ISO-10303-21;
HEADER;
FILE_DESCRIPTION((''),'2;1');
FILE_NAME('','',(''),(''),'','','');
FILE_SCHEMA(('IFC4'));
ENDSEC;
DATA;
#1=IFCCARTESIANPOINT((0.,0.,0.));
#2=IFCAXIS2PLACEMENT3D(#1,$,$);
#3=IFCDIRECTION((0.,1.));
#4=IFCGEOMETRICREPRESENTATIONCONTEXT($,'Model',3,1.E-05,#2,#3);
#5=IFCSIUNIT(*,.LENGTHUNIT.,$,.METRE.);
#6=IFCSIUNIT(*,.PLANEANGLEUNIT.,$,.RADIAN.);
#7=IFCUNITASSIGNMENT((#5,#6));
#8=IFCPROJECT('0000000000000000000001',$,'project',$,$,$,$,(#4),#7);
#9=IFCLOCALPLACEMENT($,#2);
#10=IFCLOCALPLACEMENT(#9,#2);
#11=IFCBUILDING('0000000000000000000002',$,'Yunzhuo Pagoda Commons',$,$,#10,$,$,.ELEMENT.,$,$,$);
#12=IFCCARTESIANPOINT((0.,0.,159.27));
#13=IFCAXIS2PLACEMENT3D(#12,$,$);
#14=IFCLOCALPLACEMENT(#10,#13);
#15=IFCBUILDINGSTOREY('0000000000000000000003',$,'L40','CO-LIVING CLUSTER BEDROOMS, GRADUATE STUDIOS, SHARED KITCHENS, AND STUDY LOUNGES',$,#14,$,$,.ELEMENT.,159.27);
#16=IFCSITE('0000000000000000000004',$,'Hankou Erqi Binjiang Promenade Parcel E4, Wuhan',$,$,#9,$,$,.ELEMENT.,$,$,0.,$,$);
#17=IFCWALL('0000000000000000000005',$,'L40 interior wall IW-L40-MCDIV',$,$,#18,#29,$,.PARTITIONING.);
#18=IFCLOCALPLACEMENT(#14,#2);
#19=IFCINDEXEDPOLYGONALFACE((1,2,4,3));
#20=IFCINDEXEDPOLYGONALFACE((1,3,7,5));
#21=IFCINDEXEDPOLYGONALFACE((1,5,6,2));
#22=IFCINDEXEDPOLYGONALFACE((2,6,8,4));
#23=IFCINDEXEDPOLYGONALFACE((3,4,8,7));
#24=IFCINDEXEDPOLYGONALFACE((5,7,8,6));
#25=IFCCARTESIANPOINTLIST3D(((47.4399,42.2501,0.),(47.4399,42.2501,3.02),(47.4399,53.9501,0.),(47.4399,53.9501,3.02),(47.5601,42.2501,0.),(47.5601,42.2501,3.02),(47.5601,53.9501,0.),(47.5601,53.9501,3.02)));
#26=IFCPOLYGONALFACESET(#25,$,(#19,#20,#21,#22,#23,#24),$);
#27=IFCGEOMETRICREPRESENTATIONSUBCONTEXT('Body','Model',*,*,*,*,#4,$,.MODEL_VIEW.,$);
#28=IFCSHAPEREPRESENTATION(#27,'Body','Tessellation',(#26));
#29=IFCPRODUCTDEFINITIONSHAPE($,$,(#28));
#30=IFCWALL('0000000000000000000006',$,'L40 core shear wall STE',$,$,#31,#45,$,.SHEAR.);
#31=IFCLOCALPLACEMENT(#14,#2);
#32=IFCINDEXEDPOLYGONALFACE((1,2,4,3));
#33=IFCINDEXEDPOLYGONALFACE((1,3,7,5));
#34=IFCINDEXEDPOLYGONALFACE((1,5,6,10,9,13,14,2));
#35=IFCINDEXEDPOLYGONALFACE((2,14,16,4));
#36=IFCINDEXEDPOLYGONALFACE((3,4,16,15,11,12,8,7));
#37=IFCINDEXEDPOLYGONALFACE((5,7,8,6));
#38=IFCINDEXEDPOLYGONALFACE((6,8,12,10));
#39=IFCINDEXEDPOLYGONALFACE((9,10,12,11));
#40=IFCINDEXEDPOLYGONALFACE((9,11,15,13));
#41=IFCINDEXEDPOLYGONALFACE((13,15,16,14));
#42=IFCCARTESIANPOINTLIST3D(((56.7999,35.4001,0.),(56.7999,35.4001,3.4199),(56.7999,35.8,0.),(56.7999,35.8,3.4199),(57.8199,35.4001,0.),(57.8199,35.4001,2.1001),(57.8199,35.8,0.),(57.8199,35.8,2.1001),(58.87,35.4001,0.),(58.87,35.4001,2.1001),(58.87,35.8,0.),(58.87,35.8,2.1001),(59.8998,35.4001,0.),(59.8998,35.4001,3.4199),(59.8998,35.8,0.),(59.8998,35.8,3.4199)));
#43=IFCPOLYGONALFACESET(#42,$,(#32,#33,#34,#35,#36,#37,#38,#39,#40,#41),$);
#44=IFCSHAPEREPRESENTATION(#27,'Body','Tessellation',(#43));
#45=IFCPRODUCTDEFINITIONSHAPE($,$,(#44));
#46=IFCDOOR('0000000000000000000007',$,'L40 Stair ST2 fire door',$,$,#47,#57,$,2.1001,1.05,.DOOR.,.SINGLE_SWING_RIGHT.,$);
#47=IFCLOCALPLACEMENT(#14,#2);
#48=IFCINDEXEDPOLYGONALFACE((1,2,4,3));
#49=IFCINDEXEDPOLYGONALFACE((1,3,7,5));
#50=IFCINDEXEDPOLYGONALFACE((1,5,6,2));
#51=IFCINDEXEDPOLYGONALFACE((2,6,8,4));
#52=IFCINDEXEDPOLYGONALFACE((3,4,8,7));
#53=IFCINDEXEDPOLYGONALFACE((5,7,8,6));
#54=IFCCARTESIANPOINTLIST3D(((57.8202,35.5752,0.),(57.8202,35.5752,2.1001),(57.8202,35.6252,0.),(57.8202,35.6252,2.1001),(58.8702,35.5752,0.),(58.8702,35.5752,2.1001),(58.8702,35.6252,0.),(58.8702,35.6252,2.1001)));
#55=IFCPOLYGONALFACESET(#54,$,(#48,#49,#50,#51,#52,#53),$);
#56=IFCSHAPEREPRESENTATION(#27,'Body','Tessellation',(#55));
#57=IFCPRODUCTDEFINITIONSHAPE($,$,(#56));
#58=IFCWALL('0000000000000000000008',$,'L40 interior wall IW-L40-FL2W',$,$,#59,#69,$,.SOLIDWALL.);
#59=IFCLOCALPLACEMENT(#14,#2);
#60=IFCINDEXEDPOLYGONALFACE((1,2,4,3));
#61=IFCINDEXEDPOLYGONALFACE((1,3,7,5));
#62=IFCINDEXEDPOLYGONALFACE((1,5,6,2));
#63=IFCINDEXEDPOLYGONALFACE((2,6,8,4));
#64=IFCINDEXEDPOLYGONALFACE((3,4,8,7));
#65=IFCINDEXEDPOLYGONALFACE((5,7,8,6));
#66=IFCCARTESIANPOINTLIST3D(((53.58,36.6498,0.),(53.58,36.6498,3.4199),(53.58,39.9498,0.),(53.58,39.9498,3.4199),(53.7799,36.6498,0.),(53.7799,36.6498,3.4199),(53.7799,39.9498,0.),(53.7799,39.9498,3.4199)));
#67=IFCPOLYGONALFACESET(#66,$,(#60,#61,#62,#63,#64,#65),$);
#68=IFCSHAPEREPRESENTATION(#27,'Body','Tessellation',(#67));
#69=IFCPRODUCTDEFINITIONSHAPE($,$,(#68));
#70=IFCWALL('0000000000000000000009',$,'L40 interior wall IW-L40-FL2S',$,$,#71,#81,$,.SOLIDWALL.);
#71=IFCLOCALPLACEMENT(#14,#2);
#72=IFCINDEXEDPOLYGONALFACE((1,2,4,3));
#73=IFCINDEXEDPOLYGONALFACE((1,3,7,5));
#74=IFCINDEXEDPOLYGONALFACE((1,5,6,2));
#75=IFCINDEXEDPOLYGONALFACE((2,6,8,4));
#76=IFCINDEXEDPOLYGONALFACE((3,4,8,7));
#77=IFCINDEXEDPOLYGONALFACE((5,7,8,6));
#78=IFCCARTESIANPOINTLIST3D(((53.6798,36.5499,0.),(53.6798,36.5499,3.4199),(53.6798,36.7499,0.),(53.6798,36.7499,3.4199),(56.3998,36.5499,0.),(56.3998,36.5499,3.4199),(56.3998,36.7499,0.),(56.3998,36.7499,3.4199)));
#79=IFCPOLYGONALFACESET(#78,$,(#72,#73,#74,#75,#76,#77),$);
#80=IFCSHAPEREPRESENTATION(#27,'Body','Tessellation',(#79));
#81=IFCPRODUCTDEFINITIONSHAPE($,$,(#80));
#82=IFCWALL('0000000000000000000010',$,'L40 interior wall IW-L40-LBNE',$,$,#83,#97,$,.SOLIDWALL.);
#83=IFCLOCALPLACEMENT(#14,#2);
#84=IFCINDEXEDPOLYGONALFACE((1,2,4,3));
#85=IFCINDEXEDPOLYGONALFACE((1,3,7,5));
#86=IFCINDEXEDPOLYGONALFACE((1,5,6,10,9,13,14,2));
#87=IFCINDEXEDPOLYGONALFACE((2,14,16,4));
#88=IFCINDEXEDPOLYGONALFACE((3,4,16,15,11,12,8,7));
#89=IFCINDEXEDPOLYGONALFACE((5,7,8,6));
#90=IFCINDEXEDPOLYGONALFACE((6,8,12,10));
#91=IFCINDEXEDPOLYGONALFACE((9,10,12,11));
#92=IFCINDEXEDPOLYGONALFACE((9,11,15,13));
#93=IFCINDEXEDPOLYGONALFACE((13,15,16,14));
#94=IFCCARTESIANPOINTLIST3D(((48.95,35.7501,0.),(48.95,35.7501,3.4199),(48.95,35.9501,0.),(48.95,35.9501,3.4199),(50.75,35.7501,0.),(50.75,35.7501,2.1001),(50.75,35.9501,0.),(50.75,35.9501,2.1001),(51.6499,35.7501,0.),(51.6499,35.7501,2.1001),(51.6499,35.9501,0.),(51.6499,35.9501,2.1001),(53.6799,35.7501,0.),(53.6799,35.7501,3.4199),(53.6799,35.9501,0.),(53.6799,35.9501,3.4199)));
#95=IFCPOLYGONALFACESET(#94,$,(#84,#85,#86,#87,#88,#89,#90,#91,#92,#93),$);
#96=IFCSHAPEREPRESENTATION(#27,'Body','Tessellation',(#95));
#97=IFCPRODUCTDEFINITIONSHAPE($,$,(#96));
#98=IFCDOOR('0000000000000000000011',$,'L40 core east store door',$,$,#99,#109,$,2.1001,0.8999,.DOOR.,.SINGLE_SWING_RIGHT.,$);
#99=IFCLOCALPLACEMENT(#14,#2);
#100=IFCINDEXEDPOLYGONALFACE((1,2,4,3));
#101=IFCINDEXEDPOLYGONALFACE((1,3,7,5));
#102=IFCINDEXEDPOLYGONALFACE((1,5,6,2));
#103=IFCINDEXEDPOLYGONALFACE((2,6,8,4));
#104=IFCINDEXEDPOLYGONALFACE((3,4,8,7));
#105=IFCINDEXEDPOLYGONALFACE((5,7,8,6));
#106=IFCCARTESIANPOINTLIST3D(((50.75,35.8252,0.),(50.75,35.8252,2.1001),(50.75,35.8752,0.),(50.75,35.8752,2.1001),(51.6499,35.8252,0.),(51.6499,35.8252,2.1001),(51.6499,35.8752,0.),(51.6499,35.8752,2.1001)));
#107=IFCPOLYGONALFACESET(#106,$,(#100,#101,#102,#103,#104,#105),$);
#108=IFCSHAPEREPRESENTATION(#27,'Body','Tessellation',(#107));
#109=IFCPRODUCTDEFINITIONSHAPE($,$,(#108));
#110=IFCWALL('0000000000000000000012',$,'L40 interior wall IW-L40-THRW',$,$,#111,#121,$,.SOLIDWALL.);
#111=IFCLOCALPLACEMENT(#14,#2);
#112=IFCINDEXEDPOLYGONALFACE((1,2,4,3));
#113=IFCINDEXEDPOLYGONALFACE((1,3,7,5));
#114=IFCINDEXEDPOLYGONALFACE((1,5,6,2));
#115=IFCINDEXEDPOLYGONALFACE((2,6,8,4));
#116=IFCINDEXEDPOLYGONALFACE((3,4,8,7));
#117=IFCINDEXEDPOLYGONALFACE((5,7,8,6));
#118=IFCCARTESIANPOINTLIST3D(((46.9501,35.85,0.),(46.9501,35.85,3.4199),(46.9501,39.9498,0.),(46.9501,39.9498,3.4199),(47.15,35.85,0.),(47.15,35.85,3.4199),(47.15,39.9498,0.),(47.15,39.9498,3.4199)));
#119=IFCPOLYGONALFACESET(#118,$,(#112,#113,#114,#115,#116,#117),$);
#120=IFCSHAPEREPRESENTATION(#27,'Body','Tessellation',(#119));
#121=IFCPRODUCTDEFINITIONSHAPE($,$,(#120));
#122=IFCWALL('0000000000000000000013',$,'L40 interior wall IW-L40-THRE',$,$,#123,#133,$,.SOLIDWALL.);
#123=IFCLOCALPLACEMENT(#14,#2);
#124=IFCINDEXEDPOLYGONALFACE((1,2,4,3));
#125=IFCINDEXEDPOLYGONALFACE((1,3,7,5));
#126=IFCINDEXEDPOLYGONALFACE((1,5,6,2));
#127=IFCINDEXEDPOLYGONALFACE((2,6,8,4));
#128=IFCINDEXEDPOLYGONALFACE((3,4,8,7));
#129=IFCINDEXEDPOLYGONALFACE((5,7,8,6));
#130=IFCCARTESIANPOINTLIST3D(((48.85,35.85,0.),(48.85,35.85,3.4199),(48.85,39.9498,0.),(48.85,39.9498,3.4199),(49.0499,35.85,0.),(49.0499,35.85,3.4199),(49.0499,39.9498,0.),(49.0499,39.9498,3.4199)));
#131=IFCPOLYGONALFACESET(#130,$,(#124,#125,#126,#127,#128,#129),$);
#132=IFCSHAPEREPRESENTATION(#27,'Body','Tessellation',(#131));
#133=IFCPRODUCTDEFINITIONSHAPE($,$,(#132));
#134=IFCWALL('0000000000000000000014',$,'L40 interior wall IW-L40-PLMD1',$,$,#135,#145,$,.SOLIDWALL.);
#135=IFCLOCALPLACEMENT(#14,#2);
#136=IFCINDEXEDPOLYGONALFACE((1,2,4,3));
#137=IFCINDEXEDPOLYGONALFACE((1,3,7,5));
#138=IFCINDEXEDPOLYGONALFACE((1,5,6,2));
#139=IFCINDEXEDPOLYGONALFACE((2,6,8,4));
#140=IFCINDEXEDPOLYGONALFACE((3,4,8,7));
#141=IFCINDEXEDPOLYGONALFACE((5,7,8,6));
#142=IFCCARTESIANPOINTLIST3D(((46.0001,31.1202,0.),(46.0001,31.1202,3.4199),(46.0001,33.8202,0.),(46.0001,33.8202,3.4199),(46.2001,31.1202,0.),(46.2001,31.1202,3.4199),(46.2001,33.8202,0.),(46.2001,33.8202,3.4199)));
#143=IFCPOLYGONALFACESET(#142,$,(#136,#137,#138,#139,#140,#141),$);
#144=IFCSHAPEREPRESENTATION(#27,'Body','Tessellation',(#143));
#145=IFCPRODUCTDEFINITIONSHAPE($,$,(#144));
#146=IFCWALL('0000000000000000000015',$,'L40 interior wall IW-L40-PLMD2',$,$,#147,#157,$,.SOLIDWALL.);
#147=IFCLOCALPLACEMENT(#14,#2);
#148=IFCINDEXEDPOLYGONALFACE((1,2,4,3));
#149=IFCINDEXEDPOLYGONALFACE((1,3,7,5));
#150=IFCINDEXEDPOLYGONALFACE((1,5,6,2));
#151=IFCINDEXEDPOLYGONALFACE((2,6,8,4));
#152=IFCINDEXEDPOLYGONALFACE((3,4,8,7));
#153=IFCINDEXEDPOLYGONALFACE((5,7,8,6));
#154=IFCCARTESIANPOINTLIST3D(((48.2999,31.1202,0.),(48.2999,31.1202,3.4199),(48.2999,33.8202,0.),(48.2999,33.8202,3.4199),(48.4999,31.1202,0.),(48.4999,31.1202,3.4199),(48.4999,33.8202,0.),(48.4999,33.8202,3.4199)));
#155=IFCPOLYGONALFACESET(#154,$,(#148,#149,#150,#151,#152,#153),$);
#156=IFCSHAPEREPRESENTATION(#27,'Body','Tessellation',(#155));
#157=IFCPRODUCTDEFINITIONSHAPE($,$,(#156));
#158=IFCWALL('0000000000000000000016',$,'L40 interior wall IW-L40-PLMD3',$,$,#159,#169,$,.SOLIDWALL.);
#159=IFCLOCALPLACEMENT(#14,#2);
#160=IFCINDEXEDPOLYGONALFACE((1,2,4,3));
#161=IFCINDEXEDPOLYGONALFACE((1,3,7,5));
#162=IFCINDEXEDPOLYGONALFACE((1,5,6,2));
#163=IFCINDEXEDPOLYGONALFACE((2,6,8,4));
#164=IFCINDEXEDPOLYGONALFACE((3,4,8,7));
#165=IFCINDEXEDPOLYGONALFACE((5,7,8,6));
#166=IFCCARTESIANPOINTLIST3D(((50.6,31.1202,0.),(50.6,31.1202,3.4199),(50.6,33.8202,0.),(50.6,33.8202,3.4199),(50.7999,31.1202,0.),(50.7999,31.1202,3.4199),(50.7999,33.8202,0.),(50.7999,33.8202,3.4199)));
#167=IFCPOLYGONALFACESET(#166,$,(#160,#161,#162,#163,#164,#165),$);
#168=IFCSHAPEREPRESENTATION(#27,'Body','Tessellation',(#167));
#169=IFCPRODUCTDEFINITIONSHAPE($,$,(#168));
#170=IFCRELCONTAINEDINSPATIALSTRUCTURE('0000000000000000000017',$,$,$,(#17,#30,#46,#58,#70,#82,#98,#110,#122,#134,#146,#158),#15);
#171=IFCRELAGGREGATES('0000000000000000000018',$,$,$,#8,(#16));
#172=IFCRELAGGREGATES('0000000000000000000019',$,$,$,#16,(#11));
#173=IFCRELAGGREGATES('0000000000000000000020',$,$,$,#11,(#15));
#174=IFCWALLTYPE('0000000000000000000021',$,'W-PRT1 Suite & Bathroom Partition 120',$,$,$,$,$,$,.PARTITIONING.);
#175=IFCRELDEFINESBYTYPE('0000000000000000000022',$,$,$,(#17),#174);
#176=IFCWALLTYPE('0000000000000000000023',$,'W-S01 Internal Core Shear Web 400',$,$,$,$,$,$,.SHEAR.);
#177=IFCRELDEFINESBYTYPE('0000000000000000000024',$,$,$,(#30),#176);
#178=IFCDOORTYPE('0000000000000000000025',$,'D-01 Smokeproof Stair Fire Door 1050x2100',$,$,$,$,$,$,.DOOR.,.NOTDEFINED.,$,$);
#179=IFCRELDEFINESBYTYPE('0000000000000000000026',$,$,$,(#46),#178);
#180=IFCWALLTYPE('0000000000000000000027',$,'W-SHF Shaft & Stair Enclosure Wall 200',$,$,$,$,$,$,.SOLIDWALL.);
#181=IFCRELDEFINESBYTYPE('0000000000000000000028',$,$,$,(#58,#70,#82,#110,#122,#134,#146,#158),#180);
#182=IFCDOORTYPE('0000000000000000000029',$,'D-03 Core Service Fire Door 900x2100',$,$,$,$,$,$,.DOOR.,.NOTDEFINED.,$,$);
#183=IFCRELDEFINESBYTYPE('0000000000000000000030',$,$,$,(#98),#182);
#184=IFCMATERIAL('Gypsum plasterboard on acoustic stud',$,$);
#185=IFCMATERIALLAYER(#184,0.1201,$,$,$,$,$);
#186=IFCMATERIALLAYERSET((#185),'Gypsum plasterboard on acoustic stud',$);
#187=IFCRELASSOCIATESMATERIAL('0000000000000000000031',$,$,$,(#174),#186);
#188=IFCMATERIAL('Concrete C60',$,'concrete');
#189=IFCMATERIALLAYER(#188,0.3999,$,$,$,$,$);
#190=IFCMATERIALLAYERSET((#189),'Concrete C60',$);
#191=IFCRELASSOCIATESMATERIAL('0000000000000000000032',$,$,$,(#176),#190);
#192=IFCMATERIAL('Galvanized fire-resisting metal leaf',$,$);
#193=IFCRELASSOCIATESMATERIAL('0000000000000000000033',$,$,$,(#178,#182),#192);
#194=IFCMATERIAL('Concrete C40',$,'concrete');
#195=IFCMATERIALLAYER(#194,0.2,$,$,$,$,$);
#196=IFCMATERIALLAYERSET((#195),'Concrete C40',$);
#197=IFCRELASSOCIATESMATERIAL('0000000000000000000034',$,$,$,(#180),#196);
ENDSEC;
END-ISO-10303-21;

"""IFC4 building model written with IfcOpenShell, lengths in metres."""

from ifc_helpers import new_model, si_unit, direction, frame, frame_2d, origin, place, context, subcontext, project, spatial, rectangle, extrude, source, transform, mapped, material, layer, layer_set, type_object, element, fill, save


model = new_model("IFC4")

# Units and contexts
model_context = context("Model", 3, precision=1e-05, world=origin(), true_north=direction((0.0, 1.0)))
body_context = subcontext(model_context, "Body", "Model", "MODEL_VIEW")
ifc_project = project(units=[si_unit("LENGTHUNIT", "METRE"), si_unit("PLANEANGLEUNIT", "RADIAN")], contexts=[model_context])

# Site, building, storey
site_placement = place(None, origin())
site = spatial("IfcSite", under=ifc_project, at=site_placement, Name="Hankou Erqi Binjiang Promenade Parcel E4, Wuhan", CompositionType="ELEMENT", RefElevation=0.0)
building_placement = place(site_placement, origin())
building = spatial("IfcBuilding", under=site, at=building_placement, Name="Yunzhuo Pagoda Commons", CompositionType="ELEMENT")
storey_placement = place(building_placement, frame((0.0, 0.0, 159.27)))
storey = spatial("IfcBuildingStorey", under=building, at=storey_placement, Name="L40", Description="CO-LIVING CLUSTER BEDROOMS, GRADUATE STUDIOS, SHARED KITCHENS, AND STUDY LOUNGES", CompositionType="ELEMENT", Elevation=159.27)

# Shared definitions
ifc_material_1 = material(Name="Concrete C60", Category="concrete")
ifc_material_2 = material(Name="Galvanized fire-resisting metal leaf")
shared_shape_1 = source(origin(), body_context, "Body", "SweptSolid", [
    extrude(rectangle(XDim=1.05, YDim=2.1001, at=frame_2d((0.5249, 1.05))), frame((0.0, 0.0249, 0.0), z_axis=(0.0, -1.0, 0.0), x_axis=(1.0, 0.0, 0.0)), (0.0, 0.0, 1.0), 0.05),
])

# Wall
ifc_material_3 = material(Name="Gypsum plasterboard on acoustic stud")
ifc_layer_1 = layer(ifc_material_3, 0.1201)
ifc_layer_set_1 = layer_set([ifc_layer_1], Name="Gypsum plasterboard on acoustic stud")
wall_type_1 = type_object("IfcWallType", Name="W-PRT1 Suite & Bathroom Partition 120", PredefinedType="PARTITIONING", material=ifc_layer_set_1)
wall_1_placement = place(storey_placement, frame((47.5, 42.25, 0.0), z_axis=(0.0, 0.0, 1.0), x_axis=(0.0, 1.0, 0.0)))
element("IfcWall", 1, at=wall_1_placement, inside=storey, type_object=wall_type_1, Name="L40 interior wall IW-L40-MCDIV", PredefinedType="PARTITIONING", context=body_context, shape_type="SweptSolid", body=[
    extrude(rectangle(XDim=11.7, YDim=0.1201, at=frame_2d((5.8501, 0.0))), origin(), (0.0, 0.0, 1.0), 3.02),
])

# Wall, opening, door
ifc_layer_2 = layer(ifc_material_1, 0.3999)
ifc_layer_set_2 = layer_set([ifc_layer_2], Name="Concrete C60")
wall_type_2 = type_object("IfcWallType", Name="W-S01 Internal Core Shear Web 400", PredefinedType="SHEAR", material=ifc_layer_set_2)
wall_2_placement = place(storey_placement, frame((56.8, 35.6001, 0.0), z_axis=(0.0, 0.0, 1.0), x_axis=(1.0, 0.0, 0.0)))
wall_2 = element("IfcWall", 2, at=wall_2_placement, inside=storey, type_object=wall_type_2, Name="L40 core shear wall STE", PredefinedType="SHEAR", context=body_context, shape_type="SweptSolid", body=[
    extrude(rectangle(XDim=3.0999, YDim=0.3999, at=frame_2d((1.5498, 0.0))), origin(), (0.0, 0.0, 1.0), 3.4199),
])
opening_1_placement = place(wall_2_placement, frame((1.02, 0.0, 0.0)))
opening_1 = element("IfcOpeningElement", 3, at=opening_1_placement, cuts=wall_2, PredefinedType="OPENING", context=body_context, shape_type="SweptSolid", body=[
    extrude(rectangle(XDim=1.05, YDim=2.1001, at=frame_2d((0.5249, 1.05))), frame((0.0, 0.21, 0.0), z_axis=(0.0, -1.0, 0.0), x_axis=(1.0, 0.0, 0.0)), (0.0, 0.0, 1.0), 0.4199),
])
door_type_1 = type_object("IfcDoorType", Name="D-01 Smokeproof Stair Fire Door 1050x2100", OperationType="NOTDEFINED", PredefinedType="DOOR", material=ifc_material_2)
door_1_placement = place(opening_1_placement, frame((1.05, 0.0, 0.0), z_axis=(0.0, 0.0, 1.0), x_axis=(-1.0, 0.0, 0.0)))
door_1 = element("IfcDoor", 4, at=door_1_placement, inside=storey, type_object=door_type_1, Name="L40 Stair ST2 fire door", OperationType="SINGLE_SWING_RIGHT", OverallHeight=2.1001, OverallWidth=1.05, PredefinedType="DOOR", context=body_context, shape_type="MappedRepresentation", body=[
    mapped(shared_shape_1, transform((0.0, 0.0, 0.0), scale=1.0)),
])
fill(opening_1, door_1)

# Walls
ifc_material_4 = material(Name="Concrete C40", Category="concrete")
ifc_layer_3 = layer(ifc_material_4, 0.2)
ifc_layer_set_3 = layer_set([ifc_layer_3], Name="Concrete C40")
wall_type_3 = type_object("IfcWallType", Name="W-SHF Shaft & Stair Enclosure Wall 200", PredefinedType="SOLIDWALL", material=ifc_layer_set_3)
wall_3_placement = place(storey_placement, frame((53.6799, 36.6499, 0.0), z_axis=(0.0, 0.0, 1.0), x_axis=(0.0, 1.0, 0.0)))
element("IfcWall", 5, at=wall_3_placement, inside=storey, type_object=wall_type_3, Name="L40 interior wall IW-L40-FL2W", PredefinedType="SOLIDWALL", context=body_context, shape_type="SweptSolid", body=[
    extrude(rectangle(XDim=3.3, YDim=0.2, at=frame_2d((1.6499, 0.0))), origin(), (0.0, 0.0, 1.0), 3.4199),
])
wall_4_placement = place(storey_placement, frame((53.6799, 36.6499, 0.0), z_axis=(0.0, 0.0, 1.0), x_axis=(1.0, 0.0, 0.0)))
element("IfcWall", 6, at=wall_4_placement, inside=storey, type_object=wall_type_3, Name="L40 interior wall IW-L40-FL2S", PredefinedType="SOLIDWALL", context=body_context, shape_type="SweptSolid", body=[
    extrude(rectangle(XDim=2.72, YDim=0.2, at=frame_2d((1.3599, 0.0))), origin(), (0.0, 0.0, 1.0), 3.4199),
])

# Wall, opening, door
wall_5_placement = place(storey_placement, frame((48.95, 35.8501, 0.0), z_axis=(0.0, 0.0, 1.0), x_axis=(1.0, 0.0, 0.0)))
wall_5 = element("IfcWall", 7, at=wall_5_placement, inside=storey, type_object=wall_type_3, Name="L40 interior wall IW-L40-LBNE", PredefinedType="SOLIDWALL", context=body_context, shape_type="SweptSolid", body=[
    extrude(rectangle(XDim=4.73, YDim=0.2, at=frame_2d((2.365, 0.0))), origin(), (0.0, 0.0, 1.0), 3.4199),
])
opening_2_placement = place(wall_5_placement, frame((1.8, 0.0, 0.0)))
opening_2 = element("IfcOpeningElement", 8, at=opening_2_placement, cuts=wall_5, PredefinedType="OPENING", context=body_context, shape_type="SweptSolid", body=[
    extrude(rectangle(XDim=0.8999, YDim=2.1001, at=frame_2d((0.45, 1.05))), frame((0.0, 0.1099, 0.0), z_axis=(0.0, -1.0, 0.0), x_axis=(1.0, 0.0, 0.0)), (0.0, 0.0, 1.0), 0.22),
])
door_type_2 = type_object("IfcDoorType", Name="D-03 Core Service Fire Door 900x2100", OperationType="NOTDEFINED", PredefinedType="DOOR", material=ifc_material_2)
shared_shape_2 = source(origin(), body_context, "Body", "SweptSolid", [
    extrude(rectangle(XDim=0.8999, YDim=2.1001, at=frame_2d((0.45, 1.05))), frame((0.0, 0.0249, 0.0), z_axis=(0.0, -1.0, 0.0), x_axis=(1.0, 0.0, 0.0)), (0.0, 0.0, 1.0), 0.05),
])
door_2_placement = place(opening_2_placement, frame((0.8999, 0.0, 0.0), z_axis=(0.0, 0.0, 1.0), x_axis=(-1.0, 0.0, 0.0)))
door_2 = element("IfcDoor", 9, at=door_2_placement, inside=storey, type_object=door_type_2, Name="L40 core east store door", OperationType="SINGLE_SWING_RIGHT", OverallHeight=2.1001, OverallWidth=0.8999, PredefinedType="DOOR", context=body_context, shape_type="MappedRepresentation", body=[
    mapped(shared_shape_2, transform((0.0, 0.0, 0.0), scale=1.0)),
])
fill(opening_2, door_2)

# Walls
for number, where, z_axis, x_axis, name in (
    (10, (47.05, 35.8501, 0.0), (0.0, 0.0, 1.0), (0.0, 1.0, 0.0), "L40 interior wall IW-L40-THRW"),
    (11, (48.95, 35.8501, 0.0), (0.0, 0.0, 1.0), (0.0, 1.0, 0.0), "L40 interior wall IW-L40-THRE"),
):
    element("IfcWall", number, at=place(storey_placement, frame(where, z_axis=z_axis, x_axis=x_axis)), inside=storey, type_object=wall_type_3, Name=name, PredefinedType="SOLIDWALL", context=body_context, shape_type="SweptSolid", body=[
        extrude(rectangle(XDim=4.0999, YDim=0.2, at=frame_2d((2.0498, 0.0))), origin(), (0.0, 0.0, 1.0), 3.4199),
    ])
for number, where, z_axis, x_axis, name in (
    (12, (46.1001, 31.1201, 0.0), (0.0, 0.0, 1.0), (0.0, 1.0, 0.0), "L40 interior wall IW-L40-PLMD1"),
    (13, (48.3999, 31.1201, 0.0), (0.0, 0.0, 1.0), (0.0, 1.0, 0.0), "L40 interior wall IW-L40-PLMD2"),
    (14, (50.7, 31.1201, 0.0), (0.0, 0.0, 1.0), (0.0, 1.0, 0.0), "L40 interior wall IW-L40-PLMD3"),
):
    element("IfcWall", number, at=place(storey_placement, frame(where, z_axis=z_axis, x_axis=x_axis)), inside=storey, type_object=wall_type_3, Name=name, PredefinedType="SOLIDWALL", context=body_context, shape_type="SweptSolid", body=[
        extrude(rectangle(XDim=2.7, YDim=0.2, at=frame_2d((1.3501, 0.0))), origin(), (0.0, 0.0, 1.0), 3.4199),
    ])

save(model, "model.ifc")
